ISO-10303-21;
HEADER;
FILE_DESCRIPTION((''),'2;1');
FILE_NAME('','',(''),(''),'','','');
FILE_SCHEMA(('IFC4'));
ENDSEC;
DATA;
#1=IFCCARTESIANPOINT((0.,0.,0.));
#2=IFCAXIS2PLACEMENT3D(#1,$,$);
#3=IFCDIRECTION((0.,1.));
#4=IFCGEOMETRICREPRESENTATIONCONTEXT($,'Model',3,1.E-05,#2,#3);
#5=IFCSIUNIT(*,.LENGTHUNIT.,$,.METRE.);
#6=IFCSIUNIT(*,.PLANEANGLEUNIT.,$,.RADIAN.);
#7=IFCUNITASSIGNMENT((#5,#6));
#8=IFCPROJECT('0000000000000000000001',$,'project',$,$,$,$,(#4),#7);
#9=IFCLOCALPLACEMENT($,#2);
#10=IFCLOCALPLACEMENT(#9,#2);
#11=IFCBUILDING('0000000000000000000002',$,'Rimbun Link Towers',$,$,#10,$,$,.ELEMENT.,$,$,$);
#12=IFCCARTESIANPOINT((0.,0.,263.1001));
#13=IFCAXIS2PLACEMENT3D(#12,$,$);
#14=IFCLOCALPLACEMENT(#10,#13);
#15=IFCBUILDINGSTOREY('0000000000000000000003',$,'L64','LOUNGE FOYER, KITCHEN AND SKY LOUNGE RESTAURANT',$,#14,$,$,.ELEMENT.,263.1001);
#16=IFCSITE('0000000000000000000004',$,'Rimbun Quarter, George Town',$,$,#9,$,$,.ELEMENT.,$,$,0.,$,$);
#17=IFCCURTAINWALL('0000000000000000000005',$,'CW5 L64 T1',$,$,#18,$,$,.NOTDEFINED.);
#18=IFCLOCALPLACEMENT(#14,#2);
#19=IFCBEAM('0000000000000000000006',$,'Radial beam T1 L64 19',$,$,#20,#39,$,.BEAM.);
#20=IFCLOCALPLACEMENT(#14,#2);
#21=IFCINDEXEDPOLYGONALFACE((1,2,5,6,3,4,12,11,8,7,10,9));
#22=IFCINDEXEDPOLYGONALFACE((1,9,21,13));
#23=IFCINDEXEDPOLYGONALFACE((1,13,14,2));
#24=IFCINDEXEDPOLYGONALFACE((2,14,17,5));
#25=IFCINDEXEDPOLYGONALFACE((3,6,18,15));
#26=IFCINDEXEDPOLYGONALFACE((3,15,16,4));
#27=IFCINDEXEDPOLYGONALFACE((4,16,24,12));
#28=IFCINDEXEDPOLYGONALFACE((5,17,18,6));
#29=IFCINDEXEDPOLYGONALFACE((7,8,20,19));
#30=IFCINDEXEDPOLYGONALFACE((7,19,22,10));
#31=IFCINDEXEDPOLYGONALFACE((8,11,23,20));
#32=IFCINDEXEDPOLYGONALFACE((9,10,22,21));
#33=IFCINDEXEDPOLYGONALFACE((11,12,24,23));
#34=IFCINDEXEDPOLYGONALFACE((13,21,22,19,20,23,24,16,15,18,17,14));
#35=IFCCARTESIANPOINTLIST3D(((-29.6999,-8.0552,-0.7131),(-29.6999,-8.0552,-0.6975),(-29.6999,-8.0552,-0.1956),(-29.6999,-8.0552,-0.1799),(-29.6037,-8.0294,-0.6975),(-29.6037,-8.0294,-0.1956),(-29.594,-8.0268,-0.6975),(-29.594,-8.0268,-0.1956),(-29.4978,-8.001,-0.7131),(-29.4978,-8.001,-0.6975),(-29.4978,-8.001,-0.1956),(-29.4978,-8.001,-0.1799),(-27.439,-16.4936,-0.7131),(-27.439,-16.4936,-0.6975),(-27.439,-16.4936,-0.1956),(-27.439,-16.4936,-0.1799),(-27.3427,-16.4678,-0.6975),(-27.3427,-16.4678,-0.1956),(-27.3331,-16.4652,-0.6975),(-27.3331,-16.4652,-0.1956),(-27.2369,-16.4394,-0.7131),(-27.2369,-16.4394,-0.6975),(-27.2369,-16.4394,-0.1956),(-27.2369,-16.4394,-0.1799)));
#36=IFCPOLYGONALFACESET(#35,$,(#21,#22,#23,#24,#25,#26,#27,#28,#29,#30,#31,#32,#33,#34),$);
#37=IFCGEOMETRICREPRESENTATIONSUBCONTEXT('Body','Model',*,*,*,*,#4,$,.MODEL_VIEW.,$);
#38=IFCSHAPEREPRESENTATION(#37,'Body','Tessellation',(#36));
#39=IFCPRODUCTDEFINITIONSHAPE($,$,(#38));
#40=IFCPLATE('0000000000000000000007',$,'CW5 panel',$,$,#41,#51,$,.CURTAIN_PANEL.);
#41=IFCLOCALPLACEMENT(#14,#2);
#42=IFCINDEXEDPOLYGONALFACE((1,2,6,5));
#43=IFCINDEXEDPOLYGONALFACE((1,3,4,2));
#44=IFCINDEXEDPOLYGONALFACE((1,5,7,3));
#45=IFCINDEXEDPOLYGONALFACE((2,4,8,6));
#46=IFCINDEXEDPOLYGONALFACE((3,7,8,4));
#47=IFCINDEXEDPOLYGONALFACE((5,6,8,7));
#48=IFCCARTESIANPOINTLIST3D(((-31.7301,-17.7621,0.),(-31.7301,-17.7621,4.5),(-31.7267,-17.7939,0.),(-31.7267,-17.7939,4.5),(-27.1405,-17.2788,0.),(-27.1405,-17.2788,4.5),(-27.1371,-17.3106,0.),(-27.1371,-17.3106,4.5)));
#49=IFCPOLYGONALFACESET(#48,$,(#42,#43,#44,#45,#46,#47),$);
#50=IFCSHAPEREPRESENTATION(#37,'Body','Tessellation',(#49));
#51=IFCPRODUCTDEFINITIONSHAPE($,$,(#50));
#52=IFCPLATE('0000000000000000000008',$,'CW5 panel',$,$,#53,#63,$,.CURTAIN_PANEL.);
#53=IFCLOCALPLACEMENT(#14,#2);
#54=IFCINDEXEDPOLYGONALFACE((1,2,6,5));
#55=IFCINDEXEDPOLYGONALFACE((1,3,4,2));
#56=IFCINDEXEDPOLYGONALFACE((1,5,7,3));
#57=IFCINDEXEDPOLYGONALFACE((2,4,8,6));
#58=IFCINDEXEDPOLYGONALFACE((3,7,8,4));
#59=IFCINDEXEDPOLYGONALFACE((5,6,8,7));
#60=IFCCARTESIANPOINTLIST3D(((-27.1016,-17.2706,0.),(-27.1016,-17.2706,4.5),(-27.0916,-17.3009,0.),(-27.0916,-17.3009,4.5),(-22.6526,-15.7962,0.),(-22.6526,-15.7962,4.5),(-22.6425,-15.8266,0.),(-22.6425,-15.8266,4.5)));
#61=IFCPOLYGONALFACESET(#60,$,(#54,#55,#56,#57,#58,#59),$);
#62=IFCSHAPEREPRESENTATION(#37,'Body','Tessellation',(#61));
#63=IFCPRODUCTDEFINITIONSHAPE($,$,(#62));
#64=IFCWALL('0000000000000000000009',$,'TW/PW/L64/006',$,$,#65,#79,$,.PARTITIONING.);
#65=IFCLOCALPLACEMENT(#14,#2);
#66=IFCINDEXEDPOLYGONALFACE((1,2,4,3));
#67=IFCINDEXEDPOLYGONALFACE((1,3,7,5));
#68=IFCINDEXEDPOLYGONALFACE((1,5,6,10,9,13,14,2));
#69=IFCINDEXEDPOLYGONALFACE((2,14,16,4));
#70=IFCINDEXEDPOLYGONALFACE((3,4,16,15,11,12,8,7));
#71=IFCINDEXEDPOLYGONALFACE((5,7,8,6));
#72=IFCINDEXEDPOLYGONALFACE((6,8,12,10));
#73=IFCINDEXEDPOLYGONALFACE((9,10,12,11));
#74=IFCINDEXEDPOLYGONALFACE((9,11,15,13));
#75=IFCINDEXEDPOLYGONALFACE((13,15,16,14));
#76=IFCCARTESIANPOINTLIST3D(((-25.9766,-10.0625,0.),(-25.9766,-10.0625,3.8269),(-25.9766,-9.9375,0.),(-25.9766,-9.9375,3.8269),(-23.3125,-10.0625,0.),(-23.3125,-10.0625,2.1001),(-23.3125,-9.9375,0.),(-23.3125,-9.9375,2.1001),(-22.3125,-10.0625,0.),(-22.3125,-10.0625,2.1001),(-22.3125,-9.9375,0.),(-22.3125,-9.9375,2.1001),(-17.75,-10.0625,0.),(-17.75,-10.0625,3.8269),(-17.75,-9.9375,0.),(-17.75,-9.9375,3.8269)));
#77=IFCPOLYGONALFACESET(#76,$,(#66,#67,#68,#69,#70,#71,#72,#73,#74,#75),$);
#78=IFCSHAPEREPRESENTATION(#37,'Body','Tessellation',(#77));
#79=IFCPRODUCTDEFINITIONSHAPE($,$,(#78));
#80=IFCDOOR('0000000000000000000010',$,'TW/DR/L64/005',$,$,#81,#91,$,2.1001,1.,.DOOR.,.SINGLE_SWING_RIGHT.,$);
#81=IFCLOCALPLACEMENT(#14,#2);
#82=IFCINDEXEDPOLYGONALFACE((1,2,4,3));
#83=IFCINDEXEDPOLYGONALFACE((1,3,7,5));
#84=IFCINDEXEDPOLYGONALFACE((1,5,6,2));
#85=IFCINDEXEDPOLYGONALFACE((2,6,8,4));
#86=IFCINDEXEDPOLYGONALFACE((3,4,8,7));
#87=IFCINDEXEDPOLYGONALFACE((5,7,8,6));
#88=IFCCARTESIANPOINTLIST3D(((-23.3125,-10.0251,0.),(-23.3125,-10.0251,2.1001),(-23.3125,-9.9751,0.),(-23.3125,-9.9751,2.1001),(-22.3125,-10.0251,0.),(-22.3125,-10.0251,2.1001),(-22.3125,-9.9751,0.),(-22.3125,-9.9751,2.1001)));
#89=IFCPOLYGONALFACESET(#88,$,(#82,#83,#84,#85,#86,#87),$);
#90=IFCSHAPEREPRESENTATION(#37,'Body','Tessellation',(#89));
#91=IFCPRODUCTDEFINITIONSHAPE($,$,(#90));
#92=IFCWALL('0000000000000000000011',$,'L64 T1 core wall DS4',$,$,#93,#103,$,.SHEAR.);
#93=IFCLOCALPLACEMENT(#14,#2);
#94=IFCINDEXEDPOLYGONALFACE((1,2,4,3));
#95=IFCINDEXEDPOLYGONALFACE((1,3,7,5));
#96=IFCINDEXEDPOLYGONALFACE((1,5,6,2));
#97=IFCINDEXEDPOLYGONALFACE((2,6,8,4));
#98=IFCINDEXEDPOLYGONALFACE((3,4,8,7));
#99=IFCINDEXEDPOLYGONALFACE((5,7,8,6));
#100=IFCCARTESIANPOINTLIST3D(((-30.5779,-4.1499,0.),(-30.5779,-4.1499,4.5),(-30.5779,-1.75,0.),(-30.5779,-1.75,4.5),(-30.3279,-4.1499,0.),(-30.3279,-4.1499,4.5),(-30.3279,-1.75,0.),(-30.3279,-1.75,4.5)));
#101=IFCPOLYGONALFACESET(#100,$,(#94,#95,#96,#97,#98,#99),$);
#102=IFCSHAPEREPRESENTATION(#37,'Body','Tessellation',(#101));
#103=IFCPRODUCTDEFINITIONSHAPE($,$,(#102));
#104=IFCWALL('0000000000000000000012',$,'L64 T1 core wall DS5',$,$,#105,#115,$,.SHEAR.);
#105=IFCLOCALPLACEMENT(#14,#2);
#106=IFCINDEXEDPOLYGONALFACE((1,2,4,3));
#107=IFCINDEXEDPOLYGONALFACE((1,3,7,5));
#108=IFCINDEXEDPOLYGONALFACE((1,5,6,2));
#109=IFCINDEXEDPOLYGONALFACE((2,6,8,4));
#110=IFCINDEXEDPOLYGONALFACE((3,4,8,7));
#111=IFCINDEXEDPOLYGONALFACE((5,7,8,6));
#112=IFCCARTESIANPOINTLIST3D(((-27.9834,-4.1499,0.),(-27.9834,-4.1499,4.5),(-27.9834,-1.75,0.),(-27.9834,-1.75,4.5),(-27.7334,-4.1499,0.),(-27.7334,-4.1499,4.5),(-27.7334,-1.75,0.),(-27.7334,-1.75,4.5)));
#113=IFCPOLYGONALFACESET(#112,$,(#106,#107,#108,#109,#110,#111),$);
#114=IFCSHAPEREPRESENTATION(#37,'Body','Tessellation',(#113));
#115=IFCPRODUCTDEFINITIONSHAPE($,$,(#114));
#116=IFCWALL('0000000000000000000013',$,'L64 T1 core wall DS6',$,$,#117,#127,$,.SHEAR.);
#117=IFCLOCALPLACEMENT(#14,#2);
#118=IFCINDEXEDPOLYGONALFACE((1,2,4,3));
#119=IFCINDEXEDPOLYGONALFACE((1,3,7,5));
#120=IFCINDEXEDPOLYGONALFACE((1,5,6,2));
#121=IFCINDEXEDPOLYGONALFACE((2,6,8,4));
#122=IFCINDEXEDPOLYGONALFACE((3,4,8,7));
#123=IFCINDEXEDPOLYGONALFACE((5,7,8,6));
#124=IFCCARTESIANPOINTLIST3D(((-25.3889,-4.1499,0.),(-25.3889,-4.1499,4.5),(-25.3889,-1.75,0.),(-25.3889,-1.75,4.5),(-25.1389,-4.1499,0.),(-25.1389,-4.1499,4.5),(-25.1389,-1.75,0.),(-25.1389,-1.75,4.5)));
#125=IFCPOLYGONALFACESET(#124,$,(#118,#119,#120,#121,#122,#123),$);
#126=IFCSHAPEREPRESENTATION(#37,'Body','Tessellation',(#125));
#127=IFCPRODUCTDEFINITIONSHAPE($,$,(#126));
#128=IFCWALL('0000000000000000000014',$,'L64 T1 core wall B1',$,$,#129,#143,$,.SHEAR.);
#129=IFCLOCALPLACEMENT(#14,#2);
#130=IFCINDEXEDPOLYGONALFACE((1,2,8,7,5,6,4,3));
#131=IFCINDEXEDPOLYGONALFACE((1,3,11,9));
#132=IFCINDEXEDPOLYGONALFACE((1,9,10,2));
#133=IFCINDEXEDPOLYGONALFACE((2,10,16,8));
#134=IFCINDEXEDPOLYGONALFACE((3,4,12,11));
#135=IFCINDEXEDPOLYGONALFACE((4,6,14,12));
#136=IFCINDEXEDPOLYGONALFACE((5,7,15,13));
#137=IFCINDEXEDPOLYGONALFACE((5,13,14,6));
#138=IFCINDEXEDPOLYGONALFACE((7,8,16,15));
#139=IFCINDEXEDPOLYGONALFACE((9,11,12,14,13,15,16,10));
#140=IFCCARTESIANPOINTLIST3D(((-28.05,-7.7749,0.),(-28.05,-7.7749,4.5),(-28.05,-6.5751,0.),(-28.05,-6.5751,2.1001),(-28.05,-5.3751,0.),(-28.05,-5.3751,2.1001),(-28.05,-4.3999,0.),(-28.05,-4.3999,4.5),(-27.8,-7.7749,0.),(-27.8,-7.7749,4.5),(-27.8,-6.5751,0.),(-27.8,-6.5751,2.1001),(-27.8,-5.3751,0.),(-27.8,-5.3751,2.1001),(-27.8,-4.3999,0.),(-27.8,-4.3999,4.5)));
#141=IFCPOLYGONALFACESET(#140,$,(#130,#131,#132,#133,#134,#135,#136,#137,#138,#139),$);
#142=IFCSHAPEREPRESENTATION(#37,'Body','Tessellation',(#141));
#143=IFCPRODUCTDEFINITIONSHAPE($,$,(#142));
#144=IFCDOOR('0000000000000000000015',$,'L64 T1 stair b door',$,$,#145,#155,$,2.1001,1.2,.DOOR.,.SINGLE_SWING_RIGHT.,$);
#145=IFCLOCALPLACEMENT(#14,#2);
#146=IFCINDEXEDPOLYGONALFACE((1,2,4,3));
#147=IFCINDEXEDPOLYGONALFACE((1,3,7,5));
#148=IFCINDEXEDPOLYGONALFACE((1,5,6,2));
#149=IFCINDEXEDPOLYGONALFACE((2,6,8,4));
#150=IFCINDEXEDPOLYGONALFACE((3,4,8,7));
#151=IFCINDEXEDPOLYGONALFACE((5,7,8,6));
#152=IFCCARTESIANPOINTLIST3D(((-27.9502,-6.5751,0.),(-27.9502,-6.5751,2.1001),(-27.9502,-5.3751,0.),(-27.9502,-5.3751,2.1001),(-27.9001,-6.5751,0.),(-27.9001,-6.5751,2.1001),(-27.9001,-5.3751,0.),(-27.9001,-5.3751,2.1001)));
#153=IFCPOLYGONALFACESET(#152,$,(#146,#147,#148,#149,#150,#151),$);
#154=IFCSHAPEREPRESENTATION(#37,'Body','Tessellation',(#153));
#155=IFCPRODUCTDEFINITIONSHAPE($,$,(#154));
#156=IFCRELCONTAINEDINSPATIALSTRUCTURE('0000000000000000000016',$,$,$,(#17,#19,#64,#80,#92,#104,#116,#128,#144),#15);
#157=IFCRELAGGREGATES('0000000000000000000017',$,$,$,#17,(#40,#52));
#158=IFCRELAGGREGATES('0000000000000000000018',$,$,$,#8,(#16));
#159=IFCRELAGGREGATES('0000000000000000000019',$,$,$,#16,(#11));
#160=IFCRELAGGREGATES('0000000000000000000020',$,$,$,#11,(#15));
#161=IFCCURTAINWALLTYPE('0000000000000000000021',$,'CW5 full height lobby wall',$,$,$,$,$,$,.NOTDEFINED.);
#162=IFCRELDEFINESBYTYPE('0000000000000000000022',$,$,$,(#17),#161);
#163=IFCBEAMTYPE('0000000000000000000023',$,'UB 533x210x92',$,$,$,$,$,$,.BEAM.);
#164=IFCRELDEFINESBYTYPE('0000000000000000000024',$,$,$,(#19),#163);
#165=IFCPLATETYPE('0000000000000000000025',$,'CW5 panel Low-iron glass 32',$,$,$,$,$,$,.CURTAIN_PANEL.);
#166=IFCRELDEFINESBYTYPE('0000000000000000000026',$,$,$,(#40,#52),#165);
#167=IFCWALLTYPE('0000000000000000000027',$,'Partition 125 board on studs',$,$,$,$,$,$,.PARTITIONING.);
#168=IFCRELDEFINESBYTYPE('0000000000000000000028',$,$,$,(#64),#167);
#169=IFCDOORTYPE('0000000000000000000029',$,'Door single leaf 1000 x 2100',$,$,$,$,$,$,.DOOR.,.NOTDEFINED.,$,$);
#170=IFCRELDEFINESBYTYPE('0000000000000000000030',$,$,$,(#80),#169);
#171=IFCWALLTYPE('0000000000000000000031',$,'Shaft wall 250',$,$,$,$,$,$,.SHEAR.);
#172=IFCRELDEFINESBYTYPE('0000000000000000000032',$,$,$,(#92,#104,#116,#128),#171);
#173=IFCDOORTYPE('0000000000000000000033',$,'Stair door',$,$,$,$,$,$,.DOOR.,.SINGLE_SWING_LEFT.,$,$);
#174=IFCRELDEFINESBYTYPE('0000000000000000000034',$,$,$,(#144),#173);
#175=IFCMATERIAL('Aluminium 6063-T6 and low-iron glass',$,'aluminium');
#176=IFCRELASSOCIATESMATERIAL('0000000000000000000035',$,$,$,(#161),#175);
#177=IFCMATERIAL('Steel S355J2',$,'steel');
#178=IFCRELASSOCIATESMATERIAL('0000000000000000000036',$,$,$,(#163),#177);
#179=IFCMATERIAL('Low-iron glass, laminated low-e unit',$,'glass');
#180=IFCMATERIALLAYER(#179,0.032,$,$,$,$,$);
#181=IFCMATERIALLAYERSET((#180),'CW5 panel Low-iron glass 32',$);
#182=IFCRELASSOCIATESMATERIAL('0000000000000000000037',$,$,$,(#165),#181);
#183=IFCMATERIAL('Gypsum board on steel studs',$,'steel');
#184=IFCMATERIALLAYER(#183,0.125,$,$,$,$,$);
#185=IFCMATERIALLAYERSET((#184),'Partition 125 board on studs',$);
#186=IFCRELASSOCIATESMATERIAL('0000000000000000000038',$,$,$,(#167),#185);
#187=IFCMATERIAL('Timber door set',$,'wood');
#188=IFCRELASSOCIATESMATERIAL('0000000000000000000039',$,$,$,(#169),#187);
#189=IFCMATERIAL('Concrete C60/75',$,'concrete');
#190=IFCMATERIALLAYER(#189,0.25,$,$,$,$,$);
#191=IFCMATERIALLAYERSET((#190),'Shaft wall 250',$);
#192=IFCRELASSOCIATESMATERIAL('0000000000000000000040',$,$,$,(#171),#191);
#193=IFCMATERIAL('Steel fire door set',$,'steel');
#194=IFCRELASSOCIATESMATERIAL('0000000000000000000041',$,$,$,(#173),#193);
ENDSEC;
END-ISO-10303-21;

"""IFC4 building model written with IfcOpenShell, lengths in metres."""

from ifc_helpers import new_model, si_unit, direction, frame, frame_2d, origin, origin_2d, place, context, subcontext, project, spatial, rectangle, i_section, extrude, material, layer, layer_set, material_profile, profile_set, type_object, element, fill, aggregate, save


model = new_model("IFC4")

# Units and contexts
model_context = context("Model", 3, precision=1e-05, world=origin(), true_north=direction((0.0, 1.0)))
body_context = subcontext(model_context, "Body", "Model", "MODEL_VIEW")
ifc_project = project(units=[si_unit("LENGTHUNIT", "METRE"), si_unit("PLANEANGLEUNIT", "RADIAN")], contexts=[model_context])

# Site, building, storey
site_placement = place(None, origin())
site = spatial("IfcSite", under=ifc_project, at=site_placement, Name="Rimbun Quarter, George Town", CompositionType="ELEMENT", RefElevation=0.0)
building_placement = place(site_placement, origin())
building = spatial("IfcBuilding", under=site, at=building_placement, Name="Rimbun Link Towers", CompositionType="ELEMENT")
storey_placement = place(building_placement, frame((0.0, 0.0, 263.1001)))
storey = spatial("IfcBuildingStorey", under=building, at=storey_placement, Name="L64", Description="LOUNGE FOYER, KITCHEN AND SKY LOUNGE RESTAURANT", CompositionType="ELEMENT", Elevation=263.1001)

# Curtain wall
ifc_material_1 = material(Name="Aluminium 6063-T6 and low-iron glass", Category="aluminium")
curtain_wall_type = type_object("IfcCurtainWallType", Name="CW5 full height lobby wall", PredefinedType="NOTDEFINED", material=ifc_material_1)
curtain_wall_placement = place(storey_placement, origin())
curtain_wall = element("IfcCurtainWall", 1, at=curtain_wall_placement, inside=storey, type_object=curtain_wall_type, Name="CW5 L64 T1", PredefinedType="NOTDEFINED")

# Beam
ifc_material_2 = material(Name="Steel S355J2", Category="steel")
ifc_material_profile_1 = material_profile(ifc_material_2, i_section(OverallWidth=0.2092, OverallDepth=0.5332, WebThickness=0.01, FlangeThickness=0.0156, at=origin_2d()), Name="UB 533x210x92")
ifc_profile_set_1 = profile_set([ifc_material_profile_1], Name="Steel S355J2")
beam_type_1 = type_object("IfcBeamType", Name="UB 533x210x92", PredefinedType="BEAM", material=ifc_profile_set_1)
beam_1_placement = place(storey_placement, frame((-29.5989, -8.0281, -0.4465), z_axis=(0.258809, -0.965929, 0.0), x_axis=(0.965929, 0.258809, 0.0)))
element("IfcBeam", 2, at=beam_1_placement, inside=storey, type_object=beam_type_1, Name="Radial beam T1 L64 19", PredefinedType="BEAM", context=body_context, shape_type="SweptSolid", body=[
    extrude(i_section(OverallWidth=0.2092, OverallDepth=0.5332, WebThickness=0.01, FlangeThickness=0.0156, at=origin_2d()), origin(), (0.0, 0.0, 1.0), 8.7361),
])

# Plates
ifc_material_3 = material(Name="Low-iron glass, laminated low-e unit", Category="glass")
ifc_layer_1 = layer(ifc_material_3, 0.032)
ifc_layer_set_1 = layer_set([ifc_layer_1], Name="CW5 panel Low-iron glass 32")
plate_type = type_object("IfcPlateType", Name="CW5 panel Low-iron glass 32", PredefinedType="CURTAIN_PANEL", material=ifc_layer_set_1)
plate_1_placement = place(storey_placement, frame((-29.4336, -17.5364, 0.0), z_axis=(0.0, 0.0, 1.0), x_axis=(-0.994501, -0.104728, 0.0)))
plate_1 = element("IfcPlate", 3, at=plate_1_placement, type_object=plate_type, Name="CW5 panel", PredefinedType="CURTAIN_PANEL", context=body_context, shape_type="SweptSolid", body=[
    extrude(rectangle(XDim=4.615, YDim=0.032, at=origin_2d()), origin(), (0.0, 0.0, 1.0), 4.5),
])
plate_2_placement = place(storey_placement, frame((-24.8721, -16.5486, 0.0), z_axis=(0.0, 0.0, 1.0), x_axis=(-0.949238, -0.314558, 0.0)))
plate_2 = element("IfcPlate", 4, at=plate_2_placement, type_object=plate_type, Name="CW5 panel", PredefinedType="CURTAIN_PANEL", context=body_context, shape_type="SweptSolid", body=[
    extrude(rectangle(XDim=4.687, YDim=0.032, at=origin_2d()), origin(), (0.0, 0.0, 1.0), 4.5),
])
aggregate(curtain_wall, [plate_1, plate_2])

# Wall, opening, door
ifc_material_4 = material(Name="Gypsum board on steel studs", Category="steel")
ifc_layer_2 = layer(ifc_material_4, 0.125)
ifc_layer_set_2 = layer_set([ifc_layer_2], Name="Partition 125 board on studs")
wall_type_1 = type_object("IfcWallType", Name="Partition 125 board on studs", PredefinedType="PARTITIONING", material=ifc_layer_set_2)
wall_1_placement = place(storey_placement, frame((-25.9766, -10.0, 0.0), z_axis=(0.0, 0.0, 1.0), x_axis=(1.0, 0.0, 0.0)))
wall_1 = element("IfcWall", 5, at=wall_1_placement, inside=storey, type_object=wall_type_1, Name="TW/PW/L64/006", PredefinedType="PARTITIONING", context=body_context, shape_type="SweptSolid", body=[
    extrude(rectangle(XDim=8.2266, YDim=0.125, at=frame_2d((4.1133, 0.0))), origin(), (0.0, 0.0, 1.0), 3.8269),
])
opening_1_placement = place(wall_1_placement, frame((2.6641, 0.0, 0.0)))
opening_1 = element("IfcOpeningElement", 6, at=opening_1_placement, cuts=wall_1, PredefinedType="OPENING", context=body_context, shape_type="SweptSolid", body=[
    extrude(rectangle(XDim=1.0, YDim=2.1001, at=frame_2d((0.5, 1.05))), frame((0.0, 0.0725, 0.0), z_axis=(0.0, -1.0, 0.0), x_axis=(1.0, 0.0, 0.0)), (0.0, 0.0, 1.0), 0.145),
])
ifc_material_5 = material(Name="Timber door set", Category="wood")
door_type_1 = type_object("IfcDoorType", Name="Door single leaf 1000 x 2100", OperationType="NOTDEFINED", PredefinedType="DOOR", material=ifc_material_5)
door_1_placement = place(opening_1_placement, origin())
door_1 = element("IfcDoor", 7, at=door_1_placement, inside=storey, type_object=door_type_1, Name="TW/DR/L64/005", OperationType="SINGLE_SWING_RIGHT", OverallHeight=2.1001, OverallWidth=1.0, PredefinedType="DOOR", context=body_context, shape_type="SweptSolid", body=[
    extrude(rectangle(XDim=1.0, YDim=2.1001, at=frame_2d((0.5, 1.05))), frame((0.0, 0.0249, 0.0), z_axis=(0.0, -1.0, 0.0), x_axis=(1.0, 0.0, 0.0)), (0.0, 0.0, 1.0), 0.05),
])
fill(opening_1, door_1)

# Walls
ifc_material_6 = material(Name="Concrete C60/75", Category="concrete")
ifc_layer_3 = layer(ifc_material_6, 0.25)
ifc_layer_set_3 = layer_set([ifc_layer_3], Name="Shaft wall 250")
wall_type_2 = type_object("IfcWallType", Name="Shaft wall 250", PredefinedType="SHEAR", material=ifc_layer_set_3)
for number, where, z_axis, x_axis, name in (
    (8, (-30.4529, -4.1499, 0.0), (0.0, 0.0, 1.0), (0.0, 1.0, 0.0), "L64 T1 core wall DS4"),
    (9, (-27.8584, -4.1499, 0.0), (0.0, 0.0, 1.0), (0.0, 1.0, 0.0), "L64 T1 core wall DS5"),
    (10, (-25.2639, -4.1499, 0.0), (0.0, 0.0, 1.0), (0.0, 1.0, 0.0), "L64 T1 core wall DS6"),
):
    element("IfcWall", number, at=place(storey_placement, frame(where, z_axis=z_axis, x_axis=x_axis)), inside=storey, type_object=wall_type_2, Name=name, PredefinedType="SHEAR", context=body_context, shape_type="SweptSolid", body=[
        extrude(rectangle(XDim=2.3999, YDim=0.25, at=frame_2d((1.2, 0.0))), origin(), (0.0, 0.0, 1.0), 4.5),
    ])

# Wall, opening, door
wall_2_placement = place(storey_placement, frame((-27.925, -4.3999, 0.0), z_axis=(0.0, 0.0, 1.0), x_axis=(0.0, -1.0, 0.0)))
wall_2 = element("IfcWall", 11, at=wall_2_placement, inside=storey, type_object=wall_type_2, Name="L64 T1 core wall B1", PredefinedType="SHEAR", context=body_context, shape_type="SweptSolid", body=[
    extrude(rectangle(XDim=3.375, YDim=0.25, at=frame_2d((1.6875, 0.0))), origin(), (0.0, 0.0, 1.0), 4.5),
])
opening_2_placement = place(wall_2_placement, frame((0.9751, 0.0, 0.0)))
opening_2 = element("IfcOpeningElement", 12, at=opening_2_placement, cuts=wall_2, PredefinedType="OPENING", context=body_context, shape_type="SweptSolid", body=[
    extrude(rectangle(XDim=1.2, YDim=2.1001, at=frame_2d((0.6001, 1.05))), frame((0.0, 0.135, 0.0), z_axis=(0.0, -1.0, 0.0), x_axis=(1.0, 0.0, 0.0)), (0.0, 0.0, 1.0), 0.27),
])
ifc_material_7 = material(Name="Steel fire door set", Category="steel")
door_type_2 = type_object("IfcDoorType", Name="Stair door", OperationType="SINGLE_SWING_LEFT", PredefinedType="DOOR", material=ifc_material_7)
door_2_placement = place(opening_2_placement, origin())
door_2 = element("IfcDoor", 13, at=door_2_placement, inside=storey, type_object=door_type_2, Name="L64 T1 stair b door", OperationType="SINGLE_SWING_RIGHT", OverallHeight=2.1001, OverallWidth=1.2, PredefinedType="DOOR", context=body_context, shape_type="SweptSolid", body=[
    extrude(rectangle(XDim=1.2, YDim=2.1001, at=frame_2d((0.6001, 1.05))), frame((0.0, 0.0249, 0.0), z_axis=(0.0, -1.0, 0.0), x_axis=(1.0, 0.0, 0.0)), (0.0, 0.0, 1.0), 0.05),
])
fill(opening_2, door_2)

save(model, "model.ifc")
